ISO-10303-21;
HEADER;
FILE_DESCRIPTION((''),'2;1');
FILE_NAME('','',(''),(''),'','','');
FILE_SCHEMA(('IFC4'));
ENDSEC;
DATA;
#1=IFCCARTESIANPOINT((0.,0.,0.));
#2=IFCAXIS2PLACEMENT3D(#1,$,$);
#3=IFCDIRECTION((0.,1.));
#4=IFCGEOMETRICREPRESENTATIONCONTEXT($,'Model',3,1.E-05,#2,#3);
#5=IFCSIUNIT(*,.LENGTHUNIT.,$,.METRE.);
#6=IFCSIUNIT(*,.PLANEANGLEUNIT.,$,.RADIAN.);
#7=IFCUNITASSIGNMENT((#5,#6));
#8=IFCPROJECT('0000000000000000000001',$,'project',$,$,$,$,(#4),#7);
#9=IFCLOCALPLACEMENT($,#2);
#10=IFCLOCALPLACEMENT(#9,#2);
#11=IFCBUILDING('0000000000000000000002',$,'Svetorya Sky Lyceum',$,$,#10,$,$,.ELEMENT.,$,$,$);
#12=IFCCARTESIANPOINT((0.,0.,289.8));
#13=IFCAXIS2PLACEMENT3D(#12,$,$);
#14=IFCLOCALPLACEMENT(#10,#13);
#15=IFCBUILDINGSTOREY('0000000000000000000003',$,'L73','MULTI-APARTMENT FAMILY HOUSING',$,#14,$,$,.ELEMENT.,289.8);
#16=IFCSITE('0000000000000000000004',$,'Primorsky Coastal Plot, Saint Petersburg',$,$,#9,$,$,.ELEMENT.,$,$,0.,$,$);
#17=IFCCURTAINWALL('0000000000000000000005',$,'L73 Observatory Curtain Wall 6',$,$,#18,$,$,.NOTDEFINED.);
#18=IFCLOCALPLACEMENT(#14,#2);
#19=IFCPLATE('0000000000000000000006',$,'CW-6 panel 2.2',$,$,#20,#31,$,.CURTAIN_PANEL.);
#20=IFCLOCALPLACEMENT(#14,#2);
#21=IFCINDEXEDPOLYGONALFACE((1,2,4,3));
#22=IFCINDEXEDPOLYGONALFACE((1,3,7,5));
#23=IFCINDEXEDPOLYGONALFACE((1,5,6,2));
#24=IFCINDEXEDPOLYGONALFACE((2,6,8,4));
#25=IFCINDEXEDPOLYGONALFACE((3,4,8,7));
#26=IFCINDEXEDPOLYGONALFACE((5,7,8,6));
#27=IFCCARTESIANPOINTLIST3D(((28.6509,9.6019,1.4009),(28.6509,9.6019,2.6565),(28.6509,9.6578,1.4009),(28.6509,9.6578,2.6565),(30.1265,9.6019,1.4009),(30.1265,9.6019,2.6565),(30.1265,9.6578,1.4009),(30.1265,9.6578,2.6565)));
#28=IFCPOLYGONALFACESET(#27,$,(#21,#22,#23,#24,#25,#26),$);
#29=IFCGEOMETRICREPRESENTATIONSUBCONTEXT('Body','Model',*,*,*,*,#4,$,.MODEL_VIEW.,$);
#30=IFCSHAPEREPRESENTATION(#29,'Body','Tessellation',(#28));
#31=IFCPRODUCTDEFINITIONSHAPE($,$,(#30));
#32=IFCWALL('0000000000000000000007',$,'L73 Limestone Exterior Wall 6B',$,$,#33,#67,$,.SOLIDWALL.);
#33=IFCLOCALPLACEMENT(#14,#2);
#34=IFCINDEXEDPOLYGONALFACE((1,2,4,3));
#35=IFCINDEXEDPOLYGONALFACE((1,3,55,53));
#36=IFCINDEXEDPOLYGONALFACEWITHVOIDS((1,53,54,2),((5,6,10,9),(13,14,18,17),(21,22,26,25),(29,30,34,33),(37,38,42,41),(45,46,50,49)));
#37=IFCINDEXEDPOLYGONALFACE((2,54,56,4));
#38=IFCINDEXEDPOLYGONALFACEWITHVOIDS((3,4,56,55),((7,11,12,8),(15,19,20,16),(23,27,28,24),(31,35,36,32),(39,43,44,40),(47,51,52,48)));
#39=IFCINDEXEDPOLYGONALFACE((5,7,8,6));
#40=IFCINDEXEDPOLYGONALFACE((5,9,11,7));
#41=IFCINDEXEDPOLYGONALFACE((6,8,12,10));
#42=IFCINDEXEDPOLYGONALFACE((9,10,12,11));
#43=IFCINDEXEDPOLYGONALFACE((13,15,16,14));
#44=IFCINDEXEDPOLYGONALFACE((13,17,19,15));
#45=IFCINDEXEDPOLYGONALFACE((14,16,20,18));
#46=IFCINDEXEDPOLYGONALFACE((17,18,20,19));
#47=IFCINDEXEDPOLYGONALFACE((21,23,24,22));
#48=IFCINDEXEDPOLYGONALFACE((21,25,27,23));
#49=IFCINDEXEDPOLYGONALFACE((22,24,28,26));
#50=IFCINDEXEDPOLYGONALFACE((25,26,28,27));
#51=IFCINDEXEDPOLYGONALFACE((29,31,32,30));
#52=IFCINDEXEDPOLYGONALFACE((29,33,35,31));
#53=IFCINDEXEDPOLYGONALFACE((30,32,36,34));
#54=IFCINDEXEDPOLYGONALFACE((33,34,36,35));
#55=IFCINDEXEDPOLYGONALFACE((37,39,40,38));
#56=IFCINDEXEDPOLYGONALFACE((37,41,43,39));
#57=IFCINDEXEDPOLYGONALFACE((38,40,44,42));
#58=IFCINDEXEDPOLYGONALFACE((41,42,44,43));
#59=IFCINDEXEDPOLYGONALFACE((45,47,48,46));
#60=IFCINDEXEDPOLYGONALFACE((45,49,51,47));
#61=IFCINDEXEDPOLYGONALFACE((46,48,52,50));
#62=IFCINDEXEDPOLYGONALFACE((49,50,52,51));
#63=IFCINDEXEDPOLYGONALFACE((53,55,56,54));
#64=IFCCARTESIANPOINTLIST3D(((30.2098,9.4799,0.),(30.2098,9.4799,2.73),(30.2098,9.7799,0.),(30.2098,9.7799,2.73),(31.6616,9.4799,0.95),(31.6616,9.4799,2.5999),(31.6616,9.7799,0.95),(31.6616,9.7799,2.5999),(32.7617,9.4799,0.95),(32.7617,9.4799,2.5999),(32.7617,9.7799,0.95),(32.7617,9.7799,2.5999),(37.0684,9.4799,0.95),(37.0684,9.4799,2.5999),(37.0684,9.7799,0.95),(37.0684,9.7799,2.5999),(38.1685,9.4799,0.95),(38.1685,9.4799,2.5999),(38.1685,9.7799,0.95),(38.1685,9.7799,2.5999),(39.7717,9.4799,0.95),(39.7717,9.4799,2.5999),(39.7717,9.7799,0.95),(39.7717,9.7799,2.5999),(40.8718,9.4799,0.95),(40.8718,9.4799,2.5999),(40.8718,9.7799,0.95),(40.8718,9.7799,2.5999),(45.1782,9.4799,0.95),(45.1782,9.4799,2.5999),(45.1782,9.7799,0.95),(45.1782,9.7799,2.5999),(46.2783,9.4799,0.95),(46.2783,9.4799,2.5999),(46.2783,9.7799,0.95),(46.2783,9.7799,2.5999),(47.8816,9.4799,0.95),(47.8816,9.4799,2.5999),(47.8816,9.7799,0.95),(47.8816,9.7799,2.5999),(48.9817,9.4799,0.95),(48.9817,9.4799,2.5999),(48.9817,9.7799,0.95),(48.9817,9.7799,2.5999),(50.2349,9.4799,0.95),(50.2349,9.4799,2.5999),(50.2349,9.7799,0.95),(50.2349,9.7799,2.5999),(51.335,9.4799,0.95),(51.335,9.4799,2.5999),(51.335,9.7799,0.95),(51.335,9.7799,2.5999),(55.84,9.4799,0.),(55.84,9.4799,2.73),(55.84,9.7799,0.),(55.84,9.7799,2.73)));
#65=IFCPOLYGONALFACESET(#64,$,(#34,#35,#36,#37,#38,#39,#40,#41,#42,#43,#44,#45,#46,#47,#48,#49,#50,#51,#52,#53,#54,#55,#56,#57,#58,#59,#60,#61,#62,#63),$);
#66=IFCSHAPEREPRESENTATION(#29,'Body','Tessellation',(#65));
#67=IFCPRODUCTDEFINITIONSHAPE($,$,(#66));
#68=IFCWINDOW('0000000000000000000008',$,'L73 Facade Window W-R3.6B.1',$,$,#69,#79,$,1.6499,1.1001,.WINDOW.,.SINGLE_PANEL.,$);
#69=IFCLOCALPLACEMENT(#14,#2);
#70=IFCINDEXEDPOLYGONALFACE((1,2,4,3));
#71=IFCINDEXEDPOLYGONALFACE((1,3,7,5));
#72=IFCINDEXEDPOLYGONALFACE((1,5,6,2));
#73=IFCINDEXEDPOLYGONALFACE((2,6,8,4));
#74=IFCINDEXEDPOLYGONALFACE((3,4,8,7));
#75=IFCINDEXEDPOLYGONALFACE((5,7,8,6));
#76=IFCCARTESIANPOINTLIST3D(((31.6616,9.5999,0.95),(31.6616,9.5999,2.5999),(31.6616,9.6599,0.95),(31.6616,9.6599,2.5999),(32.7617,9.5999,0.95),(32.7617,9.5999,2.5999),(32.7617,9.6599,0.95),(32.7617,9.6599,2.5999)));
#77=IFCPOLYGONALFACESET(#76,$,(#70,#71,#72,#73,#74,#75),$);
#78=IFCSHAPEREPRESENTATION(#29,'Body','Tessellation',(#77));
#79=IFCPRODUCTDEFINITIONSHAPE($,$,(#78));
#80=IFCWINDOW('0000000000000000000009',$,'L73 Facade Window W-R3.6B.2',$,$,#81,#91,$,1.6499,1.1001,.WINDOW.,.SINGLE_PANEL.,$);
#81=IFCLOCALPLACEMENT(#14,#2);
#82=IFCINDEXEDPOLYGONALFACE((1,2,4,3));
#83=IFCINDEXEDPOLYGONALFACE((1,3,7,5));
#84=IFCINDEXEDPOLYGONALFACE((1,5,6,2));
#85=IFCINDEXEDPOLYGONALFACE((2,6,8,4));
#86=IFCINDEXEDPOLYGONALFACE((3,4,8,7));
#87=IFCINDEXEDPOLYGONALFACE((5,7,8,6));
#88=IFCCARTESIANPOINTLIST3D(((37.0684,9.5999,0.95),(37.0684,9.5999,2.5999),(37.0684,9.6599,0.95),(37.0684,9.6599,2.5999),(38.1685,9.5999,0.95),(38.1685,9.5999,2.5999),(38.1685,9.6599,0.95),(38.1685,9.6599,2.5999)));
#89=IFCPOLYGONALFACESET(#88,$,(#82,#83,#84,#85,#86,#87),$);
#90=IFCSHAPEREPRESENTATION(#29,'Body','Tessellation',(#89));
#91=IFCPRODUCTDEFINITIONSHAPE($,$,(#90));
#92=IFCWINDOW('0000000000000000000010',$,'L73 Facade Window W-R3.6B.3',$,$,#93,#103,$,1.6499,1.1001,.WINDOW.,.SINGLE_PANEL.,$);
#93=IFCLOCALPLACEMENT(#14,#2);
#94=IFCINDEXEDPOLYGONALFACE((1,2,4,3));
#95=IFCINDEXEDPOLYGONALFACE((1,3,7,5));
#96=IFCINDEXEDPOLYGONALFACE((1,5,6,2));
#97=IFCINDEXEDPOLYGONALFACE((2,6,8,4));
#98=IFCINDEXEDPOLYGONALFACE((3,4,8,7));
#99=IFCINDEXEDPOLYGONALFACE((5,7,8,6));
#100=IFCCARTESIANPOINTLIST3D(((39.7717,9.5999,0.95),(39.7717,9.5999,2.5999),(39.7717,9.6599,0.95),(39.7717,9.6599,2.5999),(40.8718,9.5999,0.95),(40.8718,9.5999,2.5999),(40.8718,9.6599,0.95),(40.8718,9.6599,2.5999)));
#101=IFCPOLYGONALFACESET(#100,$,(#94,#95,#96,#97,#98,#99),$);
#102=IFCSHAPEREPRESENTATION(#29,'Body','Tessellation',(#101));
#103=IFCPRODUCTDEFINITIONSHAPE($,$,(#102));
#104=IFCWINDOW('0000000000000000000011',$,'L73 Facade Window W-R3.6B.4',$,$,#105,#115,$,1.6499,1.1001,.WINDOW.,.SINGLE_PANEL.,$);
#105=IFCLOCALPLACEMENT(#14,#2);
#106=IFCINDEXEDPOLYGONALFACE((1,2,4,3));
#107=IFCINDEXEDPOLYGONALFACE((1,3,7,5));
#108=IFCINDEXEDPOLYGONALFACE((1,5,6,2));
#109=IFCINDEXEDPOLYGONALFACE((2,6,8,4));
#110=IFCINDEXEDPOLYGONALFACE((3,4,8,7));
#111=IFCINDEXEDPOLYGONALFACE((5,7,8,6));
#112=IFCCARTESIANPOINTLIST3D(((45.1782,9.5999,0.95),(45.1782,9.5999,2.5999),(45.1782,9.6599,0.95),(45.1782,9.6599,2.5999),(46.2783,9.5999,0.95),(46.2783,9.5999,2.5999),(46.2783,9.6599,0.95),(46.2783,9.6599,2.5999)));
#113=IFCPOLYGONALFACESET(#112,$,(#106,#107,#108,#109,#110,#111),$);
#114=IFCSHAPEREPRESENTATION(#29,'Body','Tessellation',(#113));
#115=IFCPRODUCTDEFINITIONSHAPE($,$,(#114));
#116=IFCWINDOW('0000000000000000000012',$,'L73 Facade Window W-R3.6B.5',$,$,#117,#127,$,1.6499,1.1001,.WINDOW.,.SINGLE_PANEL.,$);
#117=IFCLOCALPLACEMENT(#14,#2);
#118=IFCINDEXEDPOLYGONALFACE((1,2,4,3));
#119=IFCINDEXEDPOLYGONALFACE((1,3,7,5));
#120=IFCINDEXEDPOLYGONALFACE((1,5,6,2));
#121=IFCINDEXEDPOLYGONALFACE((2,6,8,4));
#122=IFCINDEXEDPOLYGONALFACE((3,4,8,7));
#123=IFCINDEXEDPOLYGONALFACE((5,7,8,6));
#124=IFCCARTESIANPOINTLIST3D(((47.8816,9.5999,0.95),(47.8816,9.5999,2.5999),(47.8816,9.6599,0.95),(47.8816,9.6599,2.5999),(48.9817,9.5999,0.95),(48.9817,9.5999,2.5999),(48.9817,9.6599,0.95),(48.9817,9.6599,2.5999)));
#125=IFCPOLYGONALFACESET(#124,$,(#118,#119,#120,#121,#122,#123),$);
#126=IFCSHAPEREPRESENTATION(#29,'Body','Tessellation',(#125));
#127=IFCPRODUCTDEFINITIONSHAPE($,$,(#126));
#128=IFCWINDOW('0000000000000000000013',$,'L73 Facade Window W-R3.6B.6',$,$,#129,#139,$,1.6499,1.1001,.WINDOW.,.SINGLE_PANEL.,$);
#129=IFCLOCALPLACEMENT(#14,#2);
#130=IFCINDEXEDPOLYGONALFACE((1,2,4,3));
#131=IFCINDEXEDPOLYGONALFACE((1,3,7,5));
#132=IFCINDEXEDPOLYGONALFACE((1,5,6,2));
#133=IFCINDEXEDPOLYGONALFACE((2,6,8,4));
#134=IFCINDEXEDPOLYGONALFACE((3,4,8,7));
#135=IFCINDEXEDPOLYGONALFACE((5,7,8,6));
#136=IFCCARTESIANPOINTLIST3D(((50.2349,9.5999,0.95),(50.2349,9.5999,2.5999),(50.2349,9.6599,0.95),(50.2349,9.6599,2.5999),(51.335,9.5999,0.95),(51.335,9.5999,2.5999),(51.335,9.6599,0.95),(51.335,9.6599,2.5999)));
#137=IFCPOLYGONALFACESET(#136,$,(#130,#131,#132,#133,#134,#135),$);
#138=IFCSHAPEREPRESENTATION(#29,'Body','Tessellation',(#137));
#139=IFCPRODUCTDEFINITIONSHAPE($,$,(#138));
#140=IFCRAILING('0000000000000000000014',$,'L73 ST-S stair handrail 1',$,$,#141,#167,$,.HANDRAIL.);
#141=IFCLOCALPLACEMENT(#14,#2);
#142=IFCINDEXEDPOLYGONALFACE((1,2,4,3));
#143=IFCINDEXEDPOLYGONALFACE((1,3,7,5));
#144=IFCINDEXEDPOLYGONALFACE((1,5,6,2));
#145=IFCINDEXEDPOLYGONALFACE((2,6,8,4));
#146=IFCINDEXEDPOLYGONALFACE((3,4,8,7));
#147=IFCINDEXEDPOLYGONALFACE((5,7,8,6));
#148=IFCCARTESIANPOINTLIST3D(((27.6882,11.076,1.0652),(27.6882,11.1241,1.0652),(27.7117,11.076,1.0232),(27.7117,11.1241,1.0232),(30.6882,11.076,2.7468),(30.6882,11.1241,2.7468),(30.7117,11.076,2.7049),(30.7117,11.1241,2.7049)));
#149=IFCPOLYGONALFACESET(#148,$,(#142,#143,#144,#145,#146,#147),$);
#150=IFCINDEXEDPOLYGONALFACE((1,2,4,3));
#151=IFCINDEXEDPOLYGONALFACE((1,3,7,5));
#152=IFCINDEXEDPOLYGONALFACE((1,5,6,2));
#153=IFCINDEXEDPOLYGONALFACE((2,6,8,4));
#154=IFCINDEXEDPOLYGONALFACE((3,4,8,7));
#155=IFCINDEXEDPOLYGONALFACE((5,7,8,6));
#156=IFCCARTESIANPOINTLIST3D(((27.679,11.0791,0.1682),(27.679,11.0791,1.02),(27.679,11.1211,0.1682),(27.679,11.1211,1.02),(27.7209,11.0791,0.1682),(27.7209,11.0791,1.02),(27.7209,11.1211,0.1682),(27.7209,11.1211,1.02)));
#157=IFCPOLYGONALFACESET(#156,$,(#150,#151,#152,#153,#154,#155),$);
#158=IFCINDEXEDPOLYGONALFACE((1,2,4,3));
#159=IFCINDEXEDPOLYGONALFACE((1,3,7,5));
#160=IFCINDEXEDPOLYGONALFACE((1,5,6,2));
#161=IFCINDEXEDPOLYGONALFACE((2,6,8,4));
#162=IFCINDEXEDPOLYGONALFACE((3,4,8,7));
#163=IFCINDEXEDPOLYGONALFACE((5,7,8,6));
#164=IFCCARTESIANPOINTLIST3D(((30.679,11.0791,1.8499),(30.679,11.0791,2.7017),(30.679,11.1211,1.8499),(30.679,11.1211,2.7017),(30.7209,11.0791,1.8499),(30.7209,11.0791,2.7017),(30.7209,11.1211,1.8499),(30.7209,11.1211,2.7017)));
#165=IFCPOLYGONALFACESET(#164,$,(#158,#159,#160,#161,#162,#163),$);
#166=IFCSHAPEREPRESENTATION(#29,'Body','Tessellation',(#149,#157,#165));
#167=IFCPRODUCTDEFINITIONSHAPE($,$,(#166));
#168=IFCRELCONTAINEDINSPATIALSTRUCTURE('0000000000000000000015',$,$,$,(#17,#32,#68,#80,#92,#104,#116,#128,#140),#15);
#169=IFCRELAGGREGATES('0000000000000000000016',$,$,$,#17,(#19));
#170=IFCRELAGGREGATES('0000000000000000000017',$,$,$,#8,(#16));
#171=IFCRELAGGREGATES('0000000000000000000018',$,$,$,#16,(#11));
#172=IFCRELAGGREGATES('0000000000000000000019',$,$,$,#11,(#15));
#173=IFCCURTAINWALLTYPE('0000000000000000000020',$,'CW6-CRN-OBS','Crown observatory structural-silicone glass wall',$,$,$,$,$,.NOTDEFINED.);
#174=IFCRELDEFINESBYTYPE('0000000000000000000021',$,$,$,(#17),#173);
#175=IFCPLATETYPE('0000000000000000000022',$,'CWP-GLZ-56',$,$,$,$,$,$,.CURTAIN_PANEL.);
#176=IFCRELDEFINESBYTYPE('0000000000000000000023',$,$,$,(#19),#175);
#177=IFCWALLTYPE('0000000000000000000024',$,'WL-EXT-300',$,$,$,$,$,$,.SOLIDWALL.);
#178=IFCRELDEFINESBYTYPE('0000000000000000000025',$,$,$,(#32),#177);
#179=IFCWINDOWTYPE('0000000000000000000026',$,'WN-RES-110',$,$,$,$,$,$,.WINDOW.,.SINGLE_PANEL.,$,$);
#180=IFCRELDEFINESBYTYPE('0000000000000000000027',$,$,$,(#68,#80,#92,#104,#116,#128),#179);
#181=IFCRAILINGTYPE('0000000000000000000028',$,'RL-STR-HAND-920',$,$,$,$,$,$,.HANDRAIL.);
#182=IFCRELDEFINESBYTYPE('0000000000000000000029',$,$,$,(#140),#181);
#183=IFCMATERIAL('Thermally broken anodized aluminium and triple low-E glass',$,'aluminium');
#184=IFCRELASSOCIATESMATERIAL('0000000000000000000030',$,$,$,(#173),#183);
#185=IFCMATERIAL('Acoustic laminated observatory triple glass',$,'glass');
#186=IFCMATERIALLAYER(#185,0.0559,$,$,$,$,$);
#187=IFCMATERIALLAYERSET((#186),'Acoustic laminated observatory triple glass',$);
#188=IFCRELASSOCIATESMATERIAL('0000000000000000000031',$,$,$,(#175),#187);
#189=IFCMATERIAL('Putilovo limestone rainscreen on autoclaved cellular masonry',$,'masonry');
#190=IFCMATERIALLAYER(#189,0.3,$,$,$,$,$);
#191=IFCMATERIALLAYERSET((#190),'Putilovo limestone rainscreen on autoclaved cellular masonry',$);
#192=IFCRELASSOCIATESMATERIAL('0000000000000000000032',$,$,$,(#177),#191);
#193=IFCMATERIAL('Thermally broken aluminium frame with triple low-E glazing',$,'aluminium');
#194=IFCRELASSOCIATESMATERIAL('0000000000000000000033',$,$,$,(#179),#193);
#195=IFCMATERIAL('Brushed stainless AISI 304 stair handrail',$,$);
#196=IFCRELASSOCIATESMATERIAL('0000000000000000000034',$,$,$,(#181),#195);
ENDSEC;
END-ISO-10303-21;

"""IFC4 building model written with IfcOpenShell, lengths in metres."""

from ifc_helpers import new_model, si_unit, direction, frame, frame_2d, origin, origin_2d, place, context, subcontext, project, spatial, rectangle, extrude, material, layer, layer_set, type_object, element, fill, aggregate, save


model = new_model("IFC4")

# Units and contexts
model_context = context("Model", 3, precision=1e-05, world=origin(), true_north=direction((0.0, 1.0)))
body_context = subcontext(model_context, "Body", "Model", "MODEL_VIEW")
ifc_project = project(units=[si_unit("LENGTHUNIT", "METRE"), si_unit("PLANEANGLEUNIT", "RADIAN")], contexts=[model_context])

# Site, building, storey
site_placement = place(None, origin())
site = spatial("IfcSite", under=ifc_project, at=site_placement, Name="Primorsky Coastal Plot, Saint Petersburg", CompositionType="ELEMENT", RefElevation=0.0)
building_placement = place(site_placement, origin())
building = spatial("IfcBuilding", under=site, at=building_placement, Name="Svetorya Sky Lyceum", CompositionType="ELEMENT")
storey_placement = place(building_placement, frame((0.0, 0.0, 289.8)))
storey = spatial("IfcBuildingStorey", under=building, at=storey_placement, Name="L73", Description="MULTI-APARTMENT FAMILY HOUSING", CompositionType="ELEMENT", Elevation=289.8)

# Curtain wall, plate
ifc_material_1 = material(Name="Thermally broken anodized aluminium and triple low-E glass", Category="aluminium")
curtain_wall_type = type_object("IfcCurtainWallType", Name="CW6-CRN-OBS", Description="Crown observatory structural-silicone glass wall", PredefinedType="NOTDEFINED", material=ifc_material_1)
curtain_wall_placement = place(storey_placement, origin())
curtain_wall = element("IfcCurtainWall", 1, at=curtain_wall_placement, inside=storey, type_object=curtain_wall_type, Name="L73 Observatory Curtain Wall 6", PredefinedType="NOTDEFINED")
ifc_material_2 = material(Name="Acoustic laminated observatory triple glass", Category="glass")
ifc_layer_1 = layer(ifc_material_2, 0.0559)
ifc_layer_set_1 = layer_set([ifc_layer_1], Name="Acoustic laminated observatory triple glass")
plate_type = type_object("IfcPlateType", Name="CWP-GLZ-56", PredefinedType="CURTAIN_PANEL", material=ifc_layer_set_1)
plate_1_placement = place(storey_placement, frame((29.3887, 9.6299, 1.4009), z_axis=(0.0, 0.0, 1.0), x_axis=(1.0, 0.0, 0.0)))
plate_1 = element("IfcPlate", 2, at=plate_1_placement, type_object=plate_type, Name="CW-6 panel 2.2", PredefinedType="CURTAIN_PANEL", context=body_context, shape_type="SweptSolid", body=[
    extrude(rectangle(XDim=1.4756, YDim=0.0559, at=origin_2d()), origin(), (0.0, 0.0, 1.0), 1.2556),
])
aggregate(curtain_wall, [plate_1])

# Wall, openings, windows
ifc_material_3 = material(Name="Putilovo limestone rainscreen on autoclaved cellular masonry", Category="masonry")
ifc_layer_2 = layer(ifc_material_3, 0.3)
ifc_layer_set_2 = layer_set([ifc_layer_2], Name="Putilovo limestone rainscreen on autoclaved cellular masonry")
wall_type = type_object("IfcWallType", Name="WL-EXT-300", PredefinedType="SOLIDWALL", material=ifc_layer_set_2)
wall_placement = place(storey_placement, frame((30.21, 9.6299, 0.0), z_axis=(0.0, 0.0, 1.0), x_axis=(1.0, 0.0, 0.0)))
wall = element("IfcWall", 3, at=wall_placement, inside=storey, type_object=wall_type, Name="L73 Limestone Exterior Wall 6B", PredefinedType="SOLIDWALL", context=body_context, shape_type="SweptSolid", body=[
    extrude(rectangle(XDim=25.6301, YDim=0.3, at=frame_2d((12.8149, 0.0))), origin(), (0.0, 0.0, 1.0), 2.73),
])
opening_1_placement = place(wall_placement, frame((1.4517, 0.0, 0.95)))
opening_1 = element("IfcOpeningElement", 4, at=opening_1_placement, cuts=wall, PredefinedType="OPENING", context=body_context, shape_type="SweptSolid", body=[
    extrude(rectangle(XDim=1.1001, YDim=1.6499, at=frame_2d((0.55, 0.825))), frame((0.0, 0.1599, 0.0), z_axis=(0.0, -1.0, 0.0), x_axis=(1.0, 0.0, 0.0)), (0.0, 0.0, 1.0), 0.3201),
])
opening_2_placement = place(wall_placement, frame((6.8584, 0.0, 0.95)))
opening_2 = element("IfcOpeningElement", 5, at=opening_2_placement, cuts=wall, PredefinedType="OPENING", context=body_context, shape_type="SweptSolid", body=[
    extrude(rectangle(XDim=1.1001, YDim=1.6499, at=frame_2d((0.55, 0.825))), frame((0.0, 0.1599, 0.0), z_axis=(0.0, -1.0, 0.0), x_axis=(1.0, 0.0, 0.0)), (0.0, 0.0, 1.0), 0.3201),
])
opening_3_placement = place(wall_placement, frame((9.5618, 0.0, 0.95)))
opening_3 = element("IfcOpeningElement", 6, at=opening_3_placement, cuts=wall, PredefinedType="OPENING", context=body_context, shape_type="SweptSolid", body=[
    extrude(rectangle(XDim=1.1001, YDim=1.6499, at=frame_2d((0.55, 0.825))), frame((0.0, 0.1599, 0.0), z_axis=(0.0, -1.0, 0.0), x_axis=(1.0, 0.0, 0.0)), (0.0, 0.0, 1.0), 0.3201),
])
opening_4_placement = place(wall_placement, frame((14.9683, 0.0, 0.95)))
opening_4 = element("IfcOpeningElement", 7, at=opening_4_placement, cuts=wall, PredefinedType="OPENING", context=body_context, shape_type="SweptSolid", body=[
    extrude(rectangle(XDim=1.1001, YDim=1.6499, at=frame_2d((0.55, 0.825))), frame((0.0, 0.1599, 0.0), z_axis=(0.0, -1.0, 0.0), x_axis=(1.0, 0.0, 0.0)), (0.0, 0.0, 1.0), 0.3201),
])
opening_5_placement = place(wall_placement, frame((17.6716, 0.0, 0.95)))
opening_5 = element("IfcOpeningElement", 8, at=opening_5_placement, cuts=wall, PredefinedType="OPENING", context=body_context, shape_type="SweptSolid", body=[
    extrude(rectangle(XDim=1.1001, YDim=1.6499, at=frame_2d((0.55, 0.825))), frame((0.0, 0.1599, 0.0), z_axis=(0.0, -1.0, 0.0), x_axis=(1.0, 0.0, 0.0)), (0.0, 0.0, 1.0), 0.3201),
])
opening_6_placement = place(wall_placement, frame((20.0249, 0.0, 0.95)))
opening_6 = element("IfcOpeningElement", 9, at=opening_6_placement, cuts=wall, PredefinedType="OPENING", context=body_context, shape_type="SweptSolid", body=[
    extrude(rectangle(XDim=1.1001, YDim=1.6499, at=frame_2d((0.55, 0.825))), frame((0.0, 0.1599, 0.0), z_axis=(0.0, -1.0, 0.0), x_axis=(1.0, 0.0, 0.0)), (0.0, 0.0, 1.0), 0.3201),
])
ifc_material_4 = material(Name="Thermally broken aluminium frame with triple low-E glazing", Category="aluminium")
window_type = type_object("IfcWindowType", Name="WN-RES-110", PartitioningType="SINGLE_PANEL", PredefinedType="WINDOW", material=ifc_material_4)
window_1_placement = place(opening_1_placement, origin())
window_1 = element("IfcWindow", 10, at=window_1_placement, inside=storey, type_object=window_type, Name="L73 Facade Window W-R3.6B.1", OverallHeight=1.6499, OverallWidth=1.1001, PartitioningType="SINGLE_PANEL", PredefinedType="WINDOW", context=body_context, shape_type="SweptSolid", body=[
    extrude(rectangle(XDim=1.1001, YDim=1.6499, at=frame_2d((0.55, 0.825))), frame((0.0, 0.03, 0.0), z_axis=(0.0, -1.0, 0.0), x_axis=(1.0, 0.0, 0.0)), (0.0, 0.0, 1.0), 0.0601),
])
fill(opening_1, window_1)
window_2_placement = place(opening_2_placement, origin())
window_2 = element("IfcWindow", 11, at=window_2_placement, inside=storey, type_object=window_type, Name="L73 Facade Window W-R3.6B.2", OverallHeight=1.6499, OverallWidth=1.1001, PartitioningType="SINGLE_PANEL", PredefinedType="WINDOW", context=body_context, shape_type="SweptSolid", body=[
    extrude(rectangle(XDim=1.1001, YDim=1.6499, at=frame_2d((0.55, 0.825))), frame((0.0, 0.03, 0.0), z_axis=(0.0, -1.0, 0.0), x_axis=(1.0, 0.0, 0.0)), (0.0, 0.0, 1.0), 0.0601),
])
fill(opening_2, window_2)
window_3_placement = place(opening_3_placement, origin())
window_3 = element("IfcWindow", 12, at=window_3_placement, inside=storey, type_object=window_type, Name="L73 Facade Window W-R3.6B.3", OverallHeight=1.6499, OverallWidth=1.1001, PartitioningType="SINGLE_PANEL", PredefinedType="WINDOW", context=body_context, shape_type="SweptSolid", body=[
    extrude(rectangle(XDim=1.1001, YDim=1.6499, at=frame_2d((0.55, 0.825))), frame((0.0, 0.03, 0.0), z_axis=(0.0, -1.0, 0.0), x_axis=(1.0, 0.0, 0.0)), (0.0, 0.0, 1.0), 0.0601),
])
fill(opening_3, window_3)
window_4_placement = place(opening_4_placement, origin())
window_4 = element("IfcWindow", 13, at=window_4_placement, inside=storey, type_object=window_type, Name="L73 Facade Window W-R3.6B.4", OverallHeight=1.6499, OverallWidth=1.1001, PartitioningType="SINGLE_PANEL", PredefinedType="WINDOW", context=body_context, shape_type="SweptSolid", body=[
    extrude(rectangle(XDim=1.1001, YDim=1.6499, at=frame_2d((0.55, 0.825))), frame((0.0, 0.03, 0.0), z_axis=(0.0, -1.0, 0.0), x_axis=(1.0, 0.0, 0.0)), (0.0, 0.0, 1.0), 0.0601),
])
fill(opening_4, window_4)
window_5_placement = place(opening_5_placement, origin())
window_5 = element("IfcWindow", 14, at=window_5_placement, inside=storey, type_object=window_type, Name="L73 Facade Window W-R3.6B.5", OverallHeight=1.6499, OverallWidth=1.1001, PartitioningType="SINGLE_PANEL", PredefinedType="WINDOW", context=body_context, shape_type="SweptSolid", body=[
    extrude(rectangle(XDim=1.1001, YDim=1.6499, at=frame_2d((0.55, 0.825))), frame((0.0, 0.03, 0.0), z_axis=(0.0, -1.0, 0.0), x_axis=(1.0, 0.0, 0.0)), (0.0, 0.0, 1.0), 0.0601),
])
fill(opening_5, window_5)
window_6_placement = place(opening_6_placement, origin())
window_6 = element("IfcWindow", 15, at=window_6_placement, inside=storey, type_object=window_type, Name="L73 Facade Window W-R3.6B.6", OverallHeight=1.6499, OverallWidth=1.1001, PartitioningType="SINGLE_PANEL", PredefinedType="WINDOW", context=body_context, shape_type="SweptSolid", body=[
    extrude(rectangle(XDim=1.1001, YDim=1.6499, at=frame_2d((0.55, 0.825))), frame((0.0, 0.03, 0.0), z_axis=(0.0, -1.0, 0.0), x_axis=(1.0, 0.0, 0.0)), (0.0, 0.0, 1.0), 0.0601),
])
fill(opening_6, window_6)

# Railing
ifc_material_5 = material(Name="Brushed stainless AISI 304 stair handrail")
railing_type = type_object("IfcRailingType", Name="RL-STR-HAND-920", PredefinedType="HANDRAIL", material=ifc_material_5)
railing_placement = place(storey_placement, frame((27.7, 11.1001, 0.1682)))
element("IfcRailing", 16, at=railing_placement, inside=storey, type_object=railing_type, Name="L73 ST-S stair handrail 1", PredefinedType="HANDRAIL", context=body_context, shape_type="SweptSolid", body=[
    extrude(rectangle(XDim=0.0481, YDim=0.0481, at=origin_2d()), frame((0.0, 0.0, 0.876), z_axis=(0.872303, 0.0, 0.488966), x_axis=(0.0, 1.0, 0.0)), (0.0, 0.0, 1.0), 3.4392),
    extrude(rectangle(XDim=0.042, YDim=0.042, at=origin_2d()), origin(), (0.0, 0.0, 1.0), 0.8518),
    extrude(rectangle(XDim=0.042, YDim=0.042, at=origin_2d()), frame((3.0, 0.0, 1.6816)), (0.0, 0.0, 1.0), 0.8518),
])

save(model, "model.ifc")
